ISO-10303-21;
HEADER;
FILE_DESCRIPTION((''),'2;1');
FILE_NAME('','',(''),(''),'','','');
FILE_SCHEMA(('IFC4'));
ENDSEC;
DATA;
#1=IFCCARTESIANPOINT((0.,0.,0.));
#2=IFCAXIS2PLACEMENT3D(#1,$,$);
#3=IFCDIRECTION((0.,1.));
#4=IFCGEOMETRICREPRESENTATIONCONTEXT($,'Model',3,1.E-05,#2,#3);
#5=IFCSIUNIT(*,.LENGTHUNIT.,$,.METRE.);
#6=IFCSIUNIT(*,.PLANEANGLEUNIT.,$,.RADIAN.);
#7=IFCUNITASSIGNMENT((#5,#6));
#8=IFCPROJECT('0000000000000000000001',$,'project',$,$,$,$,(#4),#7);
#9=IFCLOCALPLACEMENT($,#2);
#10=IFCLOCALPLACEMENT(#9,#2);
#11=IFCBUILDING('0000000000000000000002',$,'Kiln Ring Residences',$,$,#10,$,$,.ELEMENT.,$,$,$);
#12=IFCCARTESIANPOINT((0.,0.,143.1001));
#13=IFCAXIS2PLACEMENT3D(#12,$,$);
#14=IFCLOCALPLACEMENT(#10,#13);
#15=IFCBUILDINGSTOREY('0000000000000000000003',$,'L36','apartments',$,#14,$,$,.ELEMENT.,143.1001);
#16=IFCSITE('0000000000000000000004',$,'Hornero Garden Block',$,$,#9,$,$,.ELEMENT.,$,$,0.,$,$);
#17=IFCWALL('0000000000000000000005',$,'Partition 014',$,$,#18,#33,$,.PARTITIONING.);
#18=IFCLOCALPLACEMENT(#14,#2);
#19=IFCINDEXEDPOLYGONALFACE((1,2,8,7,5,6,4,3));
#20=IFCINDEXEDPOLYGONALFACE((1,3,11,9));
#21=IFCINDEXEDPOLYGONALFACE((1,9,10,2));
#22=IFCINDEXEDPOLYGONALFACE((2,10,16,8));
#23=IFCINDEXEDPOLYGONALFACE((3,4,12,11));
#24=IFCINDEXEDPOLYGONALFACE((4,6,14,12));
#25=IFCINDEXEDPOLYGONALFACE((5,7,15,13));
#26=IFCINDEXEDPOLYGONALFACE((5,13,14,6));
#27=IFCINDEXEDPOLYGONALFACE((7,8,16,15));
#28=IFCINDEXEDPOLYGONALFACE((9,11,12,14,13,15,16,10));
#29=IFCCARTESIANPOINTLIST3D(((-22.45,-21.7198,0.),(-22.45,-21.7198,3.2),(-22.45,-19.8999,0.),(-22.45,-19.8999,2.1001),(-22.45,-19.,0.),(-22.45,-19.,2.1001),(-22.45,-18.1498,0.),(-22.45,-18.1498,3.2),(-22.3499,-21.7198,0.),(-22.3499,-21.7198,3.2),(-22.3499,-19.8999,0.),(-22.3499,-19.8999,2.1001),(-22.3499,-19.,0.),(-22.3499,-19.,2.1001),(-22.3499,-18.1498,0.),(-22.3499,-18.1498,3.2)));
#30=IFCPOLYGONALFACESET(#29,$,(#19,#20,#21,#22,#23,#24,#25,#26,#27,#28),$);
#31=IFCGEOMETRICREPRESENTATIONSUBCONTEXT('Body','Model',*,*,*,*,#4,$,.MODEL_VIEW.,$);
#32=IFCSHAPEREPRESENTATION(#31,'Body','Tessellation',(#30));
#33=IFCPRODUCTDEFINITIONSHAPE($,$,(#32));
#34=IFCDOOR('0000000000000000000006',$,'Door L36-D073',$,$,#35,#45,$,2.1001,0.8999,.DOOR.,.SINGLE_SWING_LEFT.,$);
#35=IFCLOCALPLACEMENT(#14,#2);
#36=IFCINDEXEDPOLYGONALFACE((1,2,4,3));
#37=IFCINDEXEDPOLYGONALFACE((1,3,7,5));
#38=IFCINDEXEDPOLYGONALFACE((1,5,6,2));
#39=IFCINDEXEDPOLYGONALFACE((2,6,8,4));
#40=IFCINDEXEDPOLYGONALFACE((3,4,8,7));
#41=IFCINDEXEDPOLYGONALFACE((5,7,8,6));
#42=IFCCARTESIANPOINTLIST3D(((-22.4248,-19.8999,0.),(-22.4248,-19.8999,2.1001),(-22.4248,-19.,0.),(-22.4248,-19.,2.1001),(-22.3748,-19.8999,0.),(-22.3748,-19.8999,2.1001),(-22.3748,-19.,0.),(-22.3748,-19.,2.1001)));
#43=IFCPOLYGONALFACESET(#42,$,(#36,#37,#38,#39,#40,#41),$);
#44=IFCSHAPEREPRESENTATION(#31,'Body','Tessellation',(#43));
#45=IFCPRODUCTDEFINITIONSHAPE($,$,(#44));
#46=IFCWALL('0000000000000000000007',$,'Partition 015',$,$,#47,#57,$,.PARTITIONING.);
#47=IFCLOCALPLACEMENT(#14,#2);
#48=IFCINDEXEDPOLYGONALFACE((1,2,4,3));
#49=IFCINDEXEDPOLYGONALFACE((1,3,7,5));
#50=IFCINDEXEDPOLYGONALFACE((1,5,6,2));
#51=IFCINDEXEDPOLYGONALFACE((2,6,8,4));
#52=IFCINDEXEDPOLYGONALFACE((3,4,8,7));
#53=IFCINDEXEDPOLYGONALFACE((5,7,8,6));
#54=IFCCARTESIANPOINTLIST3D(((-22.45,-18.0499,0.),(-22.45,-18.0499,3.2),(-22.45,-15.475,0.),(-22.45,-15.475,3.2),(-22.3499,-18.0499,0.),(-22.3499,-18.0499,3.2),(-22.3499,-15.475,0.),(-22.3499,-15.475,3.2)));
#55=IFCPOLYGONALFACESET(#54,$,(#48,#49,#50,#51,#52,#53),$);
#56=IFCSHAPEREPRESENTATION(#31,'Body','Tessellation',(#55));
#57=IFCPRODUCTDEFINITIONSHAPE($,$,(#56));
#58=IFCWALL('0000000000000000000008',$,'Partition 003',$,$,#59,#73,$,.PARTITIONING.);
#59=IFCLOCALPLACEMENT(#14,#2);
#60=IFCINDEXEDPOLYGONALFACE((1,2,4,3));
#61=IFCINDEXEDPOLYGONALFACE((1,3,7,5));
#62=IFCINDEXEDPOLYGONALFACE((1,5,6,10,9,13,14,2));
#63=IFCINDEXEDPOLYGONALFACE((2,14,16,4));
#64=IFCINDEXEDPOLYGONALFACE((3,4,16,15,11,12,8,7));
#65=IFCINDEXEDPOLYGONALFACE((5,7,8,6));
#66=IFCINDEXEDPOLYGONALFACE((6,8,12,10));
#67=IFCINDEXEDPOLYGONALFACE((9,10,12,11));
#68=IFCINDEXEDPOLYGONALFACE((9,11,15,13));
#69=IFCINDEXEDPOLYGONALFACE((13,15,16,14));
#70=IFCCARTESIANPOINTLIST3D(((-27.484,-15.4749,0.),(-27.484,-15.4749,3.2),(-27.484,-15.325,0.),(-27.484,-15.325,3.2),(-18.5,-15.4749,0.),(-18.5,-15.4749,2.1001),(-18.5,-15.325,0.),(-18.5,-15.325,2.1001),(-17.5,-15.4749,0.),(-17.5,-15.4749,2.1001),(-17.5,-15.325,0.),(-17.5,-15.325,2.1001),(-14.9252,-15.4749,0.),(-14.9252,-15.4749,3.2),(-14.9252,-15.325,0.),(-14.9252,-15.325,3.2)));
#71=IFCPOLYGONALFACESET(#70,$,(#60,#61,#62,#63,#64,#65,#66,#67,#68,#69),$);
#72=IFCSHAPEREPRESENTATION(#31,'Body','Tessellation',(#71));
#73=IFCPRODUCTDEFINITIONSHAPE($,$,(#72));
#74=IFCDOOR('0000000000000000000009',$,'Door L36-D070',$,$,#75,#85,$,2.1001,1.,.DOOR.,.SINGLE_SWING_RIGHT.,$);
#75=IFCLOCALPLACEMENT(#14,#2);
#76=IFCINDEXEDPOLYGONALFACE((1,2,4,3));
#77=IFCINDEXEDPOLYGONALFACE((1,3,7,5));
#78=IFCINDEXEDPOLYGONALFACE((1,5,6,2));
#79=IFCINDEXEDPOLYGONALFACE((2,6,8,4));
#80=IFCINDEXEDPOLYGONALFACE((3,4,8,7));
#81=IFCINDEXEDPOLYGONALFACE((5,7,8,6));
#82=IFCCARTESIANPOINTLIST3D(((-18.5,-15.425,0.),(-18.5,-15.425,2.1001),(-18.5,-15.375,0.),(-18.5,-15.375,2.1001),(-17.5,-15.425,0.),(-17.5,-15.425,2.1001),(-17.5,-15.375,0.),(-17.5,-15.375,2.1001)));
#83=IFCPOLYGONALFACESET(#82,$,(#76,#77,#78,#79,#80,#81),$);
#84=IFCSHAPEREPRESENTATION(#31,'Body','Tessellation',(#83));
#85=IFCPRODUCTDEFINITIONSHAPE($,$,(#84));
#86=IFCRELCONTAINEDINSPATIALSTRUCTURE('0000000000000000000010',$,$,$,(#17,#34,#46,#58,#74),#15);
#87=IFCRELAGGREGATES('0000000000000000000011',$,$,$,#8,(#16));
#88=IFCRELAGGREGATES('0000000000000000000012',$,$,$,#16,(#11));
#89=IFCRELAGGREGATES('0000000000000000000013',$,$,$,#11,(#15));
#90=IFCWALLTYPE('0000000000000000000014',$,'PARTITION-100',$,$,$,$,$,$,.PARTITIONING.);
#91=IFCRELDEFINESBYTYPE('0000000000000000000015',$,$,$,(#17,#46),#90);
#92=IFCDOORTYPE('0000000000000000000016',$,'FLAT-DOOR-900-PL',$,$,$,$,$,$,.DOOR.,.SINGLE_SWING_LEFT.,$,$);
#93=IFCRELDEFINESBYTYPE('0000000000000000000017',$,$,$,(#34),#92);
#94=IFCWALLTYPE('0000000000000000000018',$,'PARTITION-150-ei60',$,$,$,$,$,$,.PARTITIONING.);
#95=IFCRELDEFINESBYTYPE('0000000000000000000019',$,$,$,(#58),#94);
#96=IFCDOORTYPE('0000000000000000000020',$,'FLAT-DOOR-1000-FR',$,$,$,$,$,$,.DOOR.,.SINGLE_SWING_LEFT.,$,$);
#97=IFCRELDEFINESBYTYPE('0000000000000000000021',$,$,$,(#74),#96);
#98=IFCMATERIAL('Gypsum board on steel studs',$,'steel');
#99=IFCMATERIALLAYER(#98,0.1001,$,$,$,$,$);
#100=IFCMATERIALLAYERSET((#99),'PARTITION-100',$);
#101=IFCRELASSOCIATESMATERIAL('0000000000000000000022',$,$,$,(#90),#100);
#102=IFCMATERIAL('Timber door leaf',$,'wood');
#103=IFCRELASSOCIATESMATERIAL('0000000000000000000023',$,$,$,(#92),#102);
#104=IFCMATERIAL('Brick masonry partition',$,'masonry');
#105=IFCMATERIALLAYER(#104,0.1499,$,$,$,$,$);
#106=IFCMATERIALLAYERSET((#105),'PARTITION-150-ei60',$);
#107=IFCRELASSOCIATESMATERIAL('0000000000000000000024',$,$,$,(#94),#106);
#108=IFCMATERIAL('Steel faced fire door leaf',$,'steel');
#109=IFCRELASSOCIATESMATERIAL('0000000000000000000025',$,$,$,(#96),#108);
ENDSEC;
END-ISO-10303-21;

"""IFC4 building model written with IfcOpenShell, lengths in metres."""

from ifc_helpers import new_model, si_unit, direction, frame, frame_2d, origin, place, context, subcontext, project, spatial, rectangle, extrude, material, layer, layer_set, type_object, element, fill, save


model = new_model("IFC4")

# Units and contexts
model_context = context("Model", 3, precision=1e-05, world=origin(), true_north=direction((0.0, 1.0)))
body_context = subcontext(model_context, "Body", "Model", "MODEL_VIEW")
ifc_project = project(units=[si_unit("LENGTHUNIT", "METRE"), si_unit("PLANEANGLEUNIT", "RADIAN")], contexts=[model_context])

# Site, building, storey
site_placement = place(None, origin())
site = spatial("IfcSite", under=ifc_project, at=site_placement, Name="Hornero Garden Block", CompositionType="ELEMENT", RefElevation=0.0)
building_placement = place(site_placement, origin())
building = spatial("IfcBuilding", under=site, at=building_placement, Name="Kiln Ring Residences", CompositionType="ELEMENT")
storey_placement = place(building_placement, frame((0.0, 0.0, 143.1001)))
storey = spatial("IfcBuildingStorey", under=building, at=storey_placement, Name="L36", Description="apartments", CompositionType="ELEMENT", Elevation=143.1001)

# Shared definitions
ifc_material_1 = material(Name="Gypsum board on steel studs", Category="steel")
ifc_layer_1 = layer(ifc_material_1, 0.1001)
ifc_layer_set_1 = layer_set([ifc_layer_1], Name="PARTITION-100")
wall_type_1 = type_object("IfcWallType", Name="PARTITION-100", PredefinedType="PARTITIONING", material=ifc_layer_set_1)
ifc_material_2 = material(Name="Timber door leaf", Category="wood")
door_type_1 = type_object("IfcDoorType", Name="FLAT-DOOR-900-PL", OperationType="SINGLE_SWING_LEFT", PredefinedType="DOOR", material=ifc_material_2)

# Wall, opening, door
wall_1_placement = place(storey_placement, frame((-22.3999, -21.72, 0.0), z_axis=(0.0, 0.0, 1.0), x_axis=(0.0, 1.0, 0.0)))
wall_1 = element("IfcWall", 1, at=wall_1_placement, inside=storey, type_object=wall_type_1, Name="Partition 014", PredefinedType="PARTITIONING", context=body_context, shape_type="SweptSolid", body=[
    extrude(rectangle(XDim=3.5701, YDim=0.1001, at=frame_2d((1.7852, 0.0))), origin(), (0.0, 0.0, 1.0), 3.2),
])
opening_1_placement = place(wall_1_placement, frame((1.8201, 0.0, 0.0)))
opening_1 = element("IfcOpeningElement", 2, at=opening_1_placement, cuts=wall_1, PredefinedType="OPENING", context=body_context, shape_type="SweptSolid", body=[
    extrude(rectangle(XDim=0.8999, YDim=2.1001, at=frame_2d((0.45, 1.05))), frame((0.0, 0.0601, 0.0), z_axis=(0.0, -1.0, 0.0), x_axis=(1.0, 0.0, 0.0)), (0.0, 0.0, 1.0), 0.1201),
])
door_1_placement = place(opening_1_placement, origin())
door_1 = element("IfcDoor", 3, at=door_1_placement, inside=storey, type_object=door_type_1, Name="Door L36-D073", OperationType="SINGLE_SWING_LEFT", OverallHeight=2.1001, OverallWidth=0.8999, PredefinedType="DOOR", context=body_context, shape_type="SweptSolid", body=[
    extrude(rectangle(XDim=0.8999, YDim=2.1001, at=frame_2d((0.45, 1.05))), frame((0.0, 0.0249, 0.0), z_axis=(0.0, -1.0, 0.0), x_axis=(1.0, 0.0, 0.0)), (0.0, 0.0, 1.0), 0.05),
])
fill(opening_1, door_1)

# Wall
wall_2_placement = place(storey_placement, frame((-22.3999, -18.05, 0.0), z_axis=(0.0, 0.0, 1.0), x_axis=(0.0, 1.0, 0.0)))
element("IfcWall", 4, at=wall_2_placement, inside=storey, type_object=wall_type_1, Name="Partition 015", PredefinedType="PARTITIONING", context=body_context, shape_type="SweptSolid", body=[
    extrude(rectangle(XDim=2.575, YDim=0.1001, at=frame_2d((1.2876, 0.0))), origin(), (0.0, 0.0, 1.0), 3.2),
])

# Wall, opening, door
ifc_material_3 = material(Name="Brick masonry partition", Category="masonry")
ifc_layer_2 = layer(ifc_material_3, 0.1499)
ifc_layer_set_2 = layer_set([ifc_layer_2], Name="PARTITION-150-ei60")
wall_type_2 = type_object("IfcWallType", Name="PARTITION-150-ei60", PredefinedType="PARTITIONING", material=ifc_layer_set_2)
wall_3_placement = place(storey_placement, frame((-27.4839, -15.3999, 0.0), z_axis=(0.0, 0.0, 1.0), x_axis=(1.0, 0.0, 0.0)))
wall_3 = element("IfcWall", 5, at=wall_3_placement, inside=storey, type_object=wall_type_2, Name="Partition 003", PredefinedType="PARTITIONING", context=body_context, shape_type="SweptSolid", body=[
    extrude(rectangle(XDim=12.5588, YDim=0.1499, at=frame_2d((6.2793, 0.0))), origin(), (0.0, 0.0, 1.0), 3.2),
])
opening_2_placement = place(wall_3_placement, frame((8.9839, 0.0, 0.0)))
opening_2 = element("IfcOpeningElement", 6, at=opening_2_placement, cuts=wall_3, PredefinedType="OPENING", context=body_context, shape_type="SweptSolid", body=[
    extrude(rectangle(XDim=1.0, YDim=2.1001, at=frame_2d((0.5, 1.05))), frame((0.0, 0.085, 0.0), z_axis=(0.0, -1.0, 0.0), x_axis=(1.0, 0.0, 0.0)), (0.0, 0.0, 1.0), 0.1699),
])
ifc_material_4 = material(Name="Steel faced fire door leaf", Category="steel")
door_type_2 = type_object("IfcDoorType", Name="FLAT-DOOR-1000-FR", OperationType="SINGLE_SWING_LEFT", PredefinedType="DOOR", material=ifc_material_4)
door_2_placement = place(opening_2_placement, origin())
door_2 = element("IfcDoor", 7, at=door_2_placement, inside=storey, type_object=door_type_2, Name="Door L36-D070", OperationType="SINGLE_SWING_RIGHT", OverallHeight=2.1001, OverallWidth=1.0, PredefinedType="DOOR", context=body_context, shape_type="SweptSolid", body=[
    extrude(rectangle(XDim=1.0, YDim=2.1001, at=frame_2d((0.5, 1.05))), frame((0.0, 0.0249, 0.0), z_axis=(0.0, -1.0, 0.0), x_axis=(1.0, 0.0, 0.0)), (0.0, 0.0, 1.0), 0.05),
])
fill(opening_2, door_2)

save(model, "model.ifc")
